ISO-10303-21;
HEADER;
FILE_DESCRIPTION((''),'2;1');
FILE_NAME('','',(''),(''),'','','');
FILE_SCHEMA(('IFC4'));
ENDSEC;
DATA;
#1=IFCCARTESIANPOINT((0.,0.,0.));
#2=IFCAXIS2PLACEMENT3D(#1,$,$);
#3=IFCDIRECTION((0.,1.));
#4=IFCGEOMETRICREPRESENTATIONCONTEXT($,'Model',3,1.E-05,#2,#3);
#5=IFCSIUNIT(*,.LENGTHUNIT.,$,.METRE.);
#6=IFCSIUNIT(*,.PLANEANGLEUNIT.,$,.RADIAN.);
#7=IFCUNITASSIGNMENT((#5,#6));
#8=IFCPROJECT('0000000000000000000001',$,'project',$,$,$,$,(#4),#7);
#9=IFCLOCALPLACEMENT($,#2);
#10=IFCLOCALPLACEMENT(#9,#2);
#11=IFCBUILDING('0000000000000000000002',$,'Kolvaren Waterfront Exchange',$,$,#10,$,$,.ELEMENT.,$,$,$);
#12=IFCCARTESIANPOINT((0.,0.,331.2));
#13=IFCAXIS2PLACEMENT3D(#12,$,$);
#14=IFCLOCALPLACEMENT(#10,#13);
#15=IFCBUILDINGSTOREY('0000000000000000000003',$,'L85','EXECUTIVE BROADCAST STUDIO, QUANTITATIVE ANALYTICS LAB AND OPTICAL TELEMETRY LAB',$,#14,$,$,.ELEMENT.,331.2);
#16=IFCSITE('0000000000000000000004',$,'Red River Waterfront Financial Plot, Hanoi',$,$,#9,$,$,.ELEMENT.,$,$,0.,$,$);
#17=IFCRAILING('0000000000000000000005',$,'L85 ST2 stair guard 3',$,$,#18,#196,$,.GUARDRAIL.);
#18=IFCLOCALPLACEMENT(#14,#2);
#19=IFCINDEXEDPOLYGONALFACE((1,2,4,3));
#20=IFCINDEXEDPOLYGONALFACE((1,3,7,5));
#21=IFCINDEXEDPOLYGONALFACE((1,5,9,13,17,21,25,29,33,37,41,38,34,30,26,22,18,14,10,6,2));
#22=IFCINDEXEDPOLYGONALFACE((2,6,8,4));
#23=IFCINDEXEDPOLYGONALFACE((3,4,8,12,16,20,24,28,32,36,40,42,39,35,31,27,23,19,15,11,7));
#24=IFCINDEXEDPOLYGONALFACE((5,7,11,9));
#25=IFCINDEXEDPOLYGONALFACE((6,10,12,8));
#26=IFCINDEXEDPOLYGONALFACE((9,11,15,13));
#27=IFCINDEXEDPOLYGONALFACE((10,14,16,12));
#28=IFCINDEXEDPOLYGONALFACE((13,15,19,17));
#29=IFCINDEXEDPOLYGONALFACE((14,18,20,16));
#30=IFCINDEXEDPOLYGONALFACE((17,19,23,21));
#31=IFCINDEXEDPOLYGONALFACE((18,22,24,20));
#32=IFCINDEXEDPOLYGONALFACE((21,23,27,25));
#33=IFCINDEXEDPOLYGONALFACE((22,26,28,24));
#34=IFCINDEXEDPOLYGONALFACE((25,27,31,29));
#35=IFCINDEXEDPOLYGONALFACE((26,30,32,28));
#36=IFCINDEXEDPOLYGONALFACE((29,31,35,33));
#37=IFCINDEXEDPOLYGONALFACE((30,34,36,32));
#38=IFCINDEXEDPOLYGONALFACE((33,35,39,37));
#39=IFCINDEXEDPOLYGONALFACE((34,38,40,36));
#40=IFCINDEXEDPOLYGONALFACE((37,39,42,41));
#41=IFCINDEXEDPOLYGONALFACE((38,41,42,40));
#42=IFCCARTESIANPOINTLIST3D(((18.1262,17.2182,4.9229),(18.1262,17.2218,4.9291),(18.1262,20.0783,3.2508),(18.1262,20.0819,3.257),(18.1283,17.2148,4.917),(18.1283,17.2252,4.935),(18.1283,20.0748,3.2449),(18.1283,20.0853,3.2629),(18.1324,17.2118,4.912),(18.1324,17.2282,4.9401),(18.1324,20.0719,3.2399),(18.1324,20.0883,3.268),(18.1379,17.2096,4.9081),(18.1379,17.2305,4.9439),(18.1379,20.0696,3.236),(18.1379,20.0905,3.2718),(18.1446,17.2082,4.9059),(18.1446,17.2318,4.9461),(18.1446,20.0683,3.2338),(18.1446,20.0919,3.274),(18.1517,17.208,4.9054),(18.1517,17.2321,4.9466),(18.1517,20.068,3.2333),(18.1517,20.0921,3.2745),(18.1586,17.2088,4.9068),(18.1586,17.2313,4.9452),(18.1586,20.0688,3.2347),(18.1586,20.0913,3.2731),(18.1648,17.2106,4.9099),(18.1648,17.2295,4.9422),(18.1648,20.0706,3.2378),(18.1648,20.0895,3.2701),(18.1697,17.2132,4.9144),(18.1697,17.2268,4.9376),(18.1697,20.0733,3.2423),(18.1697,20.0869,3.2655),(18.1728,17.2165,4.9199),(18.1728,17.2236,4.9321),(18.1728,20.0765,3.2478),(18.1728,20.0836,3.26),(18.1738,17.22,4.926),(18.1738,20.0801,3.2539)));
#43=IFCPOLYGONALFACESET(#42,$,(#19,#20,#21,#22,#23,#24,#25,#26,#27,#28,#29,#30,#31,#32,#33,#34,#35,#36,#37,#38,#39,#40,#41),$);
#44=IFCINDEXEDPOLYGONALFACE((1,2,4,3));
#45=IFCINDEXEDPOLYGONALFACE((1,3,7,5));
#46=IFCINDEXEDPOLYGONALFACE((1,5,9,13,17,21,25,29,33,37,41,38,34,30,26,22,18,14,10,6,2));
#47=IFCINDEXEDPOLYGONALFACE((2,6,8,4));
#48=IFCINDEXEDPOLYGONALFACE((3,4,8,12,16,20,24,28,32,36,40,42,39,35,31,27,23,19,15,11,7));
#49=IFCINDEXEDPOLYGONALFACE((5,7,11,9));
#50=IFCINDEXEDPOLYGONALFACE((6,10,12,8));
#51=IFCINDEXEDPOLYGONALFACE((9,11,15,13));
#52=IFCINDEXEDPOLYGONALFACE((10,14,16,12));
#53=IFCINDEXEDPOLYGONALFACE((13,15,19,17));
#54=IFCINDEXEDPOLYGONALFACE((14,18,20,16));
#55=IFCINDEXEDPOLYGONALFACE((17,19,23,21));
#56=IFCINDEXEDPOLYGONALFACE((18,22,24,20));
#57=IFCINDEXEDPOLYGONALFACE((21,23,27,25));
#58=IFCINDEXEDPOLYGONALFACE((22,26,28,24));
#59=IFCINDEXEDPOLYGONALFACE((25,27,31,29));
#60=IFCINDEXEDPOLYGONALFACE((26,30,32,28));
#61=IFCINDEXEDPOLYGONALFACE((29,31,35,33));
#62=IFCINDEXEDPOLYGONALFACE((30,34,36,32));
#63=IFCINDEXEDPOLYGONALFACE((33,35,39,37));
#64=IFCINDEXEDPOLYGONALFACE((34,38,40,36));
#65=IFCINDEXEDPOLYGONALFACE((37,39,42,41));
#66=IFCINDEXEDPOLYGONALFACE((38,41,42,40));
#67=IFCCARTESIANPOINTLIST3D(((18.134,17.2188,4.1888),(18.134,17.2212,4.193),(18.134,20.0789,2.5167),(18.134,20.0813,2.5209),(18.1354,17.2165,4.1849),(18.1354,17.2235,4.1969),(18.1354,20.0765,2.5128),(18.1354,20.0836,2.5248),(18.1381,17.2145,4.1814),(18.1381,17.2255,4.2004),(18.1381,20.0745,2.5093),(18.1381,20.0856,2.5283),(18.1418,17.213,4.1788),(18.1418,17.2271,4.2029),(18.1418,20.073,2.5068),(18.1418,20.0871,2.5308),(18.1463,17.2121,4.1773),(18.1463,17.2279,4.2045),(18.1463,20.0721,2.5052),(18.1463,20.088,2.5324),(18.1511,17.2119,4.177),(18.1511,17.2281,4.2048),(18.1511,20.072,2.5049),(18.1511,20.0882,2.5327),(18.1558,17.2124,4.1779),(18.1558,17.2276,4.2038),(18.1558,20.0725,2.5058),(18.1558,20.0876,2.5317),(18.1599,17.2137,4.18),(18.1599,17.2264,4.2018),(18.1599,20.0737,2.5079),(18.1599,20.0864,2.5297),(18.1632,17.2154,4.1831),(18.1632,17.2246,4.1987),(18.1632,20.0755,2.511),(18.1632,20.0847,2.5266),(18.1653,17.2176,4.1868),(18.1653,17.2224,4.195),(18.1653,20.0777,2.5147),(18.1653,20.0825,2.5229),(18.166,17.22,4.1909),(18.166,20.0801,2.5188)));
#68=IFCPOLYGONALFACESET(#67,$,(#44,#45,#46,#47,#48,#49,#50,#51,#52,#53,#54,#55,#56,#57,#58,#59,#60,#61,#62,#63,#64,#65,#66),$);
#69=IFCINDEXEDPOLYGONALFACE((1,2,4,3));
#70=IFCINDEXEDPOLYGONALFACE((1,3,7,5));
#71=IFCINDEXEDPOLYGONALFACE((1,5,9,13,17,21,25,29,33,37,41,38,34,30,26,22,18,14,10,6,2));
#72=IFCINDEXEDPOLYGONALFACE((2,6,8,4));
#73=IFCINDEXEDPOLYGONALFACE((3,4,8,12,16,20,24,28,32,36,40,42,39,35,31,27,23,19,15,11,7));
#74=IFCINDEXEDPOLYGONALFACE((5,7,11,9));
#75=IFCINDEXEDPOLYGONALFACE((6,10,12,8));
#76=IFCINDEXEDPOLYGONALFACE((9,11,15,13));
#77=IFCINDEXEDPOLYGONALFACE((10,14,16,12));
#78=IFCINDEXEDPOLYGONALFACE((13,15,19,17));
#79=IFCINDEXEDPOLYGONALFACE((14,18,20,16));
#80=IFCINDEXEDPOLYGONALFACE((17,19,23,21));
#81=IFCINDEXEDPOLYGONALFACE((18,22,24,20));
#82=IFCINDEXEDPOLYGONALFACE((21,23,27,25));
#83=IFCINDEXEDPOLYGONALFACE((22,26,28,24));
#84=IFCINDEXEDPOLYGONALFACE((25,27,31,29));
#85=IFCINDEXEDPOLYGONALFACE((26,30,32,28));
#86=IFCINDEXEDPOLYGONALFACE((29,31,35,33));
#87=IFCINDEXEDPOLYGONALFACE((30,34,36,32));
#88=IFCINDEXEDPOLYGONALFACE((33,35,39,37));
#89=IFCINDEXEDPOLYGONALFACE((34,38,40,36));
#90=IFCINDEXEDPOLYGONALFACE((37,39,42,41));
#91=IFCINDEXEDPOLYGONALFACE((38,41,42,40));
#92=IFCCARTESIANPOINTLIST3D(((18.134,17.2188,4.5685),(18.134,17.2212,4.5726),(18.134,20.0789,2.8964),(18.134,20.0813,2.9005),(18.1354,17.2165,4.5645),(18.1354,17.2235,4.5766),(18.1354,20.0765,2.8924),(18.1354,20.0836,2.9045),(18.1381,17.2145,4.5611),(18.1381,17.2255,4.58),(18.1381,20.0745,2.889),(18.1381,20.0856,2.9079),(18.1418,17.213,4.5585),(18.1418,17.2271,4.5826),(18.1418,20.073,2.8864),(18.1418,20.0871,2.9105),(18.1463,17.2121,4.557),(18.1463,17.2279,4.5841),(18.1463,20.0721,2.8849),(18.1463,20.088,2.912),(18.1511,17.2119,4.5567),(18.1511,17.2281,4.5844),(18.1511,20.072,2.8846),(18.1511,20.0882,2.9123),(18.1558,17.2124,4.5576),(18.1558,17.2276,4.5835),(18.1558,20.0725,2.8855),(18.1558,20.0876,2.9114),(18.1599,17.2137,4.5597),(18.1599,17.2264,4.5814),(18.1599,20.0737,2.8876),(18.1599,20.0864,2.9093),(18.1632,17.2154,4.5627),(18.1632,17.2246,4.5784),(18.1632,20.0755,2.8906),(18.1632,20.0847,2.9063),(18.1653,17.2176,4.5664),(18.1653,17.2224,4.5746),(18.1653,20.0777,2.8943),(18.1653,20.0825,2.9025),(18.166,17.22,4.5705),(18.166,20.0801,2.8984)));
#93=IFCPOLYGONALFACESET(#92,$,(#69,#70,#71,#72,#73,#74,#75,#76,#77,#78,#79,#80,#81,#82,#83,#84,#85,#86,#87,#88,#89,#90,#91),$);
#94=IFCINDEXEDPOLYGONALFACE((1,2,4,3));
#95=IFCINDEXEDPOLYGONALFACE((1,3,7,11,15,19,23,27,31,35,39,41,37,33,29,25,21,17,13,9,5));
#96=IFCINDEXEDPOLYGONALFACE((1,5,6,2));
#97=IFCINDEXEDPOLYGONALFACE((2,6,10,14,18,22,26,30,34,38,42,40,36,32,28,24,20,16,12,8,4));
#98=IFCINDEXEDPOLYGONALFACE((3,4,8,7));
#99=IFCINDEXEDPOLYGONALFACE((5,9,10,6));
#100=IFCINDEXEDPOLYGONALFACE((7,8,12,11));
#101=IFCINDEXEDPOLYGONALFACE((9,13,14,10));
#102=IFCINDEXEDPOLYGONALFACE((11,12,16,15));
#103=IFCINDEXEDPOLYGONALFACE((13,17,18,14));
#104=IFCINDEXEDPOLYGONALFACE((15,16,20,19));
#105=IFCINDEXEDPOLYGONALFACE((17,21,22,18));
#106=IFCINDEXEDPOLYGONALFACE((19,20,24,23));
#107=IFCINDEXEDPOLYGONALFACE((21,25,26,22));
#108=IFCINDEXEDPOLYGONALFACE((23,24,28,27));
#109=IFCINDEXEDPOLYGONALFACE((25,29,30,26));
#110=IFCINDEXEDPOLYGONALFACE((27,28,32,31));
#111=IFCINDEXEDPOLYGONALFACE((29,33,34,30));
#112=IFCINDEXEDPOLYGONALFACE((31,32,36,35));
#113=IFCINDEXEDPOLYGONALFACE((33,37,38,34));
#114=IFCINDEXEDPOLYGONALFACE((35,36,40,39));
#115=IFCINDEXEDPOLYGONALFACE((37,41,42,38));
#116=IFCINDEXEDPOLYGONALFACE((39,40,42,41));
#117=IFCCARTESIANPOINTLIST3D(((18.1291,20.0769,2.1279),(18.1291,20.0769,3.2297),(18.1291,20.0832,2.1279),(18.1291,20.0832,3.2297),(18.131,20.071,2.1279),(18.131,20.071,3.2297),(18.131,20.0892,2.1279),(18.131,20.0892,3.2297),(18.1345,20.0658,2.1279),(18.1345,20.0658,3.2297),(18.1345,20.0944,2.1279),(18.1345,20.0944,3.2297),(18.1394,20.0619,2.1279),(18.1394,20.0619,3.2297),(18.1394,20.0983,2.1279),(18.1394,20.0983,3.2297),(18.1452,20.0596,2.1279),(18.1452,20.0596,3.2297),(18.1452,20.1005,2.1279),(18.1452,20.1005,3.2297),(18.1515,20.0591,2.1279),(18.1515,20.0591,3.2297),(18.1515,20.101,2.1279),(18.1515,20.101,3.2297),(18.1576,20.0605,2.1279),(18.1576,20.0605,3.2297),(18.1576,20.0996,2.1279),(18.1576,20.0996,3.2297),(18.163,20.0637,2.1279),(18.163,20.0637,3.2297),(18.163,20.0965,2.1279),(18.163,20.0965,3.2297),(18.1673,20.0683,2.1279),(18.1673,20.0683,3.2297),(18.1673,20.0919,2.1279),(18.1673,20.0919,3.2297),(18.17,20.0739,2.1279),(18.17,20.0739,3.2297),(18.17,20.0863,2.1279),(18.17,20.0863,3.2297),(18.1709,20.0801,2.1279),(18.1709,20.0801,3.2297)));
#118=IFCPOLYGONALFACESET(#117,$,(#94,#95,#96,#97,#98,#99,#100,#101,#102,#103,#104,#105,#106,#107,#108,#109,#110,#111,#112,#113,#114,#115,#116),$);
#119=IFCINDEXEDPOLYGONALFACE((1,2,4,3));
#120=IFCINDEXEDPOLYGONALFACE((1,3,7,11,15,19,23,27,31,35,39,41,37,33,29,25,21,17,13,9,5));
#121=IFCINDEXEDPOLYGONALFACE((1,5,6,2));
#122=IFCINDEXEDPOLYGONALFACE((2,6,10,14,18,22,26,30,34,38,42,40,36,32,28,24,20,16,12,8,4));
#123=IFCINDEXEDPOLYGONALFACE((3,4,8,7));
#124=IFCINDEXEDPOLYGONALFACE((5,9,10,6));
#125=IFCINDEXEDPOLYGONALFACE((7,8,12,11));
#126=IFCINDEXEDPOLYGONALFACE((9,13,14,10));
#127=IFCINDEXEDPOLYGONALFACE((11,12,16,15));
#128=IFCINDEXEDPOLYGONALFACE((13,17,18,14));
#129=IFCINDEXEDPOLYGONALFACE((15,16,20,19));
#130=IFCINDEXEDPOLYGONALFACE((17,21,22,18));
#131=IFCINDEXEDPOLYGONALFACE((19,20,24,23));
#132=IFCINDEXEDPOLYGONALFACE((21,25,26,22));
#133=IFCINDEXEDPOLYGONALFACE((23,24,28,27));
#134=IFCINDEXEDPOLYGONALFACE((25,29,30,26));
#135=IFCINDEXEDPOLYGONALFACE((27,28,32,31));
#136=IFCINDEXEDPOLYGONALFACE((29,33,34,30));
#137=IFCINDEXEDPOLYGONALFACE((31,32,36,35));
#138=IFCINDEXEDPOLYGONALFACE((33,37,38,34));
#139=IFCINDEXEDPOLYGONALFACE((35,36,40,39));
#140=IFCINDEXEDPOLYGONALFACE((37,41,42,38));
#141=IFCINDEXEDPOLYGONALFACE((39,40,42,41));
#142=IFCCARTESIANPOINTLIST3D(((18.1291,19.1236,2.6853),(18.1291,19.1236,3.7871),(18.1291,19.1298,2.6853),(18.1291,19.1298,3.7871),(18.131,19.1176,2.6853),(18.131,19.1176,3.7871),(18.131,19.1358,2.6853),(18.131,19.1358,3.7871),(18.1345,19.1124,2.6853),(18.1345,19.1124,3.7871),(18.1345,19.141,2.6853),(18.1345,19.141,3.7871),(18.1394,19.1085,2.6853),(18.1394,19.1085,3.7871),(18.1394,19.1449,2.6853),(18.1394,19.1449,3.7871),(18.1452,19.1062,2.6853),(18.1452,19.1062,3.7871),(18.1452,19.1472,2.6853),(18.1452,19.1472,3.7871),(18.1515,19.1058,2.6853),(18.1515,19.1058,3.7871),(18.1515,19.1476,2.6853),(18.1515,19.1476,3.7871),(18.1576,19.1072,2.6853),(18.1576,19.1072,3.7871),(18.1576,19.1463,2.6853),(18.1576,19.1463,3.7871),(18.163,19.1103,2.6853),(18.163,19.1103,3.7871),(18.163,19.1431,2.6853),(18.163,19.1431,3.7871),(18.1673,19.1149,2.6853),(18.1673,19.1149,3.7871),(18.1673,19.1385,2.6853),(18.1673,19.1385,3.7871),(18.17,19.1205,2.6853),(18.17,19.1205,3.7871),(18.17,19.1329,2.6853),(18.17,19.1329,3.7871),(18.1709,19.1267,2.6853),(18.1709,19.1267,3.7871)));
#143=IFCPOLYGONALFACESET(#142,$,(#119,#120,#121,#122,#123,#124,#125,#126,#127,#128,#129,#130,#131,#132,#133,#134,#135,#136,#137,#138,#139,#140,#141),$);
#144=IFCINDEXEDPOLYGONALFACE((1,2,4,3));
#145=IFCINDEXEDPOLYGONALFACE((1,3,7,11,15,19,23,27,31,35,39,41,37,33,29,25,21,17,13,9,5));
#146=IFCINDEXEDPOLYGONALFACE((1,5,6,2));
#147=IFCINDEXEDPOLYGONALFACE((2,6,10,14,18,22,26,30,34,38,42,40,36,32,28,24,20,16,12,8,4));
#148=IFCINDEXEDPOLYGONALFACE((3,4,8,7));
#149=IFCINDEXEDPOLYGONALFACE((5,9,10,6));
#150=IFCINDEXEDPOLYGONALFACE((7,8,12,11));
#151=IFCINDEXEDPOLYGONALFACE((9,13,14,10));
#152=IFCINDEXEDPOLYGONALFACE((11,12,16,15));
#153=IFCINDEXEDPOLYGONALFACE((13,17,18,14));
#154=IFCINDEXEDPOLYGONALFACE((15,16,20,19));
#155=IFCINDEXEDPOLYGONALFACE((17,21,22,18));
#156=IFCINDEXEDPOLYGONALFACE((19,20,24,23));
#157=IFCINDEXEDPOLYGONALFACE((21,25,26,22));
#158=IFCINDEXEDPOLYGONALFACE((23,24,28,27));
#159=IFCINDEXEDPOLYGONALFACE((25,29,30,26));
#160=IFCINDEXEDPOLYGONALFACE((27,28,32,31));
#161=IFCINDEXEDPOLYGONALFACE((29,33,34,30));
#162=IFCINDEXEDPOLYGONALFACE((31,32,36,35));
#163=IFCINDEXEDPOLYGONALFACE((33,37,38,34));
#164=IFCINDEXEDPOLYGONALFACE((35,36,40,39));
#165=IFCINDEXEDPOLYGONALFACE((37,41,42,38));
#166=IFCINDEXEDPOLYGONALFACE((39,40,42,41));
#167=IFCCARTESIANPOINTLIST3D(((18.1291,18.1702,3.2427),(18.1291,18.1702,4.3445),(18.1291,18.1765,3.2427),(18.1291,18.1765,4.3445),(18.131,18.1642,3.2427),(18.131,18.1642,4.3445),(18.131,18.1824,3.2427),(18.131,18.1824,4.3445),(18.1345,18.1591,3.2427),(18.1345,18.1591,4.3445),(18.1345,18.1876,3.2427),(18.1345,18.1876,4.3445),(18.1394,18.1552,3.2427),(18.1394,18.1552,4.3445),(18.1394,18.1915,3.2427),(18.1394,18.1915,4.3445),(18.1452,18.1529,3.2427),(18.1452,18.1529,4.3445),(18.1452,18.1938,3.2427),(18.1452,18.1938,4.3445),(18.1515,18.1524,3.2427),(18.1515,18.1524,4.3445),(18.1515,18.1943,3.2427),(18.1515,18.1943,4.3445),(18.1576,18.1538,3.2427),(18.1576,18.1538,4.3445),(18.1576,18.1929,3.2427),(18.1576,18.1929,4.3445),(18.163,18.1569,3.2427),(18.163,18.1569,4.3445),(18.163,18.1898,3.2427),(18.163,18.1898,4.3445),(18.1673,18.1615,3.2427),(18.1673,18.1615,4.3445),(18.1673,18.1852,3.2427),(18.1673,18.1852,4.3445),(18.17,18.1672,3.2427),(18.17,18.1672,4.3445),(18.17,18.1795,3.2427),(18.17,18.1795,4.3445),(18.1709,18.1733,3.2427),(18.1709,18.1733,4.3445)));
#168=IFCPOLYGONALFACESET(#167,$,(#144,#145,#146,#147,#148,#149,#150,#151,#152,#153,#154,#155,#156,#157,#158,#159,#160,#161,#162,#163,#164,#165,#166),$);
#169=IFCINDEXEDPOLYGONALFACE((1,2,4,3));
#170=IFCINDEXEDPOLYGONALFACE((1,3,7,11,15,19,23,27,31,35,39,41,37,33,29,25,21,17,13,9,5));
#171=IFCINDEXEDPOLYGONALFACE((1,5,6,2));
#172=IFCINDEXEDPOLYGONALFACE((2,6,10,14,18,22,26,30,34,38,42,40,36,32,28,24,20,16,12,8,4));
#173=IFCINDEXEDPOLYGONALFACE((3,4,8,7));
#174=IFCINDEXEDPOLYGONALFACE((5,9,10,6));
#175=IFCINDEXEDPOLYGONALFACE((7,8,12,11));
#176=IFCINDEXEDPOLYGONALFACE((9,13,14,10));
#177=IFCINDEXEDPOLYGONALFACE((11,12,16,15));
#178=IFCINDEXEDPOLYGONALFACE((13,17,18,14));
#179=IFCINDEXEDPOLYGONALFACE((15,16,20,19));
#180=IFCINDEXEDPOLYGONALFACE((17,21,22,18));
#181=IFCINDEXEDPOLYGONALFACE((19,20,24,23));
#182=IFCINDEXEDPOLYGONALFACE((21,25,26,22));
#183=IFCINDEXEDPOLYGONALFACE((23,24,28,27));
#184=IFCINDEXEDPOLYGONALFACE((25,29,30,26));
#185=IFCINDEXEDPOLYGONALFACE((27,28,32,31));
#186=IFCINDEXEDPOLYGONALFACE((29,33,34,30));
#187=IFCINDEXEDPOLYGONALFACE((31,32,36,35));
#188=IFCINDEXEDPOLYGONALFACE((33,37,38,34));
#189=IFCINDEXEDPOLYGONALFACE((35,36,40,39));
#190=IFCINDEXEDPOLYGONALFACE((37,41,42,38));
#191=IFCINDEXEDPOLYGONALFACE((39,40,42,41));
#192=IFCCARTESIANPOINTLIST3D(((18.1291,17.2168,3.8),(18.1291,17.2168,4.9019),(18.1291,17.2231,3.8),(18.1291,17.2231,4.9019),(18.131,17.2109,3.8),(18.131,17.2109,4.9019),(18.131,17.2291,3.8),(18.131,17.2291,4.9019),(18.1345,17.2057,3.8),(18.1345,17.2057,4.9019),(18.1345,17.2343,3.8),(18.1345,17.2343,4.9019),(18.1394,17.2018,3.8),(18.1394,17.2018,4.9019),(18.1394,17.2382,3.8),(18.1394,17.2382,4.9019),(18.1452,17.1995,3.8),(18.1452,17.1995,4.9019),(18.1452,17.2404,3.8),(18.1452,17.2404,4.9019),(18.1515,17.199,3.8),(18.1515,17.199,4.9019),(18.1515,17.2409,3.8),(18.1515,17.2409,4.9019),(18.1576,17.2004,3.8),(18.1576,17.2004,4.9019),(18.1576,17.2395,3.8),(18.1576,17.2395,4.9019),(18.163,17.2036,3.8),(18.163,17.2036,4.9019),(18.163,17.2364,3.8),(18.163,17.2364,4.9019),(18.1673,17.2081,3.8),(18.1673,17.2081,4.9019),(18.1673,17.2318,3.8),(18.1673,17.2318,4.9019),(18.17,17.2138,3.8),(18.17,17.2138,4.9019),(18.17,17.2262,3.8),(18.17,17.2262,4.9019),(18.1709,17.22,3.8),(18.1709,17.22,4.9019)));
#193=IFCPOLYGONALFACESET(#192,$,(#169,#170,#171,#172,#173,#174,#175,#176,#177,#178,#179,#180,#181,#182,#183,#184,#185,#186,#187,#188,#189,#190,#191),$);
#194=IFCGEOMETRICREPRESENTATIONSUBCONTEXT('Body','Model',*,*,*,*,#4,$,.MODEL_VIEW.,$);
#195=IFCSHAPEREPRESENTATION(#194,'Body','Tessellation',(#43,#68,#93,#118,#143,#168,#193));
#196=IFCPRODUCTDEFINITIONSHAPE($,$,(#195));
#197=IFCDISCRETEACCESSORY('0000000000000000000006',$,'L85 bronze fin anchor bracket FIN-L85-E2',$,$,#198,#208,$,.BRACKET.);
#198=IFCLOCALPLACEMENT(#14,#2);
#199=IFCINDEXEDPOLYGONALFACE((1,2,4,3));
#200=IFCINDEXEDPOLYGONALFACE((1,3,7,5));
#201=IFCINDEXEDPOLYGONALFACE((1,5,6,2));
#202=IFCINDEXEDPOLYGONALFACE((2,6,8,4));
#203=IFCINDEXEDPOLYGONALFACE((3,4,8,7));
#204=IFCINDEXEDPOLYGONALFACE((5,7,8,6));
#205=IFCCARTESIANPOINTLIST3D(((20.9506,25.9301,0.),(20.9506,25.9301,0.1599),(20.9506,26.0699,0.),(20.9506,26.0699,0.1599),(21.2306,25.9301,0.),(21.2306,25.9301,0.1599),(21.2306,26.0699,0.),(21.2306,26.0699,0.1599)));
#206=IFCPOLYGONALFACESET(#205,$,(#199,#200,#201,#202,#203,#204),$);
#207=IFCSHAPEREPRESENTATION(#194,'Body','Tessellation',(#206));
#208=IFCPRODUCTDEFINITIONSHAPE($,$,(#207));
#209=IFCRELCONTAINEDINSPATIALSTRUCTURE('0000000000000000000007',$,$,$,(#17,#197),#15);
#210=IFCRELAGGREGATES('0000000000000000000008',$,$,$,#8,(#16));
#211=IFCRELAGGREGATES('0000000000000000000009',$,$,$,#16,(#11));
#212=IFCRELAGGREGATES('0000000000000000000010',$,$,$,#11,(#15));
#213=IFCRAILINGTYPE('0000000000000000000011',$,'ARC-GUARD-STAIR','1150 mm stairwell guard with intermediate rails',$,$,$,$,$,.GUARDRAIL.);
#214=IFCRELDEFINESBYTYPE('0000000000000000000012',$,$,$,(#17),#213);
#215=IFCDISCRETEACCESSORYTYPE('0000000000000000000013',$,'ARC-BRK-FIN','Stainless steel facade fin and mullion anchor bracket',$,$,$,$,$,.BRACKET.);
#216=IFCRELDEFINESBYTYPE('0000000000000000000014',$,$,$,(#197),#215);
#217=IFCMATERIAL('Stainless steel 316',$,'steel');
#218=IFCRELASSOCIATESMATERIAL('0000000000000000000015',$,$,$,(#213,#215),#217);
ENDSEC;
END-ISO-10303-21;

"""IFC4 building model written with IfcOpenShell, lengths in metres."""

from ifc_helpers import new_model, si_unit, direction, frame, origin, origin_with_axes, origin_2d, place, context, subcontext, project, spatial, rectangle, circle, extrude, source, transform, mapped, material, type_object, element, save


model = new_model("IFC4")

# Units and contexts
model_context = context("Model", 3, precision=1e-05, world=origin(), true_north=direction((0.0, 1.0)))
body_context = subcontext(model_context, "Body", "Model", "MODEL_VIEW")
ifc_project = project(units=[si_unit("LENGTHUNIT", "METRE"), si_unit("PLANEANGLEUNIT", "RADIAN")], contexts=[model_context])

# Site, building, storey
site_placement = place(None, origin())
site = spatial("IfcSite", under=ifc_project, at=site_placement, Name="Red River Waterfront Financial Plot, Hanoi", CompositionType="ELEMENT", RefElevation=0.0)
building_placement = place(site_placement, origin())
building = spatial("IfcBuilding", under=site, at=building_placement, Name="Kolvaren Waterfront Exchange", CompositionType="ELEMENT")
storey_placement = place(building_placement, frame((0.0, 0.0, 331.2)))
storey = spatial("IfcBuildingStorey", under=building, at=storey_placement, Name="L85", Description="EXECUTIVE BROADCAST STUDIO, QUANTITATIVE ANALYTICS LAB AND OPTICAL TELEMETRY LAB", CompositionType="ELEMENT", Elevation=331.2)

# Railing
ifc_material_1 = material(Name="Stainless steel 316", Category="steel")
railing_type = type_object("IfcRailingType", Name="ARC-GUARD-STAIR", Description="1150 mm stairwell guard with intermediate rails", PredefinedType="GUARDRAIL", material=ifc_material_1)
railing_1_placement = place(storey_placement, frame((18.1499, 20.0801, 2.1279)))
element("IfcRailing", 1, at=railing_1_placement, inside=storey, type_object=railing_type, Name="L85 ST2 stair guard 3", PredefinedType="GUARDRAIL", context=body_context, shape_type="SweptSolid", body=[
    extrude(circle(Radius=0.0239, at=origin_2d()), frame((0.0, 0.0, 1.126), z_axis=(0.0, -0.863289, 0.504709), x_axis=(1.0, 0.0, 0.0)), (0.0, 0.0, 1.0), 3.313),
    extrude(circle(Radius=0.0161, at=origin_2d()), frame((0.0, 0.0, 0.3909), z_axis=(0.0, -0.863289, 0.504709), x_axis=(1.0, 0.0, 0.0)), (0.0, 0.0, 1.0), 3.313),
    extrude(circle(Radius=0.0161, at=origin_2d()), frame((0.0, 0.0, 0.7705), z_axis=(0.0, -0.863289, 0.504709), x_axis=(1.0, 0.0, 0.0)), (0.0, 0.0, 1.0), 3.313),
    extrude(circle(Radius=0.021, at=origin_2d()), origin(), (0.0, 0.0, 1.0), 1.1018),
    extrude(circle(Radius=0.021, at=origin_2d()), frame((0.0, -0.9534, 0.5574)), (0.0, 0.0, 1.0), 1.1018),
    extrude(circle(Radius=0.021, at=origin_2d()), frame((0.0, -1.9067, 1.1147)), (0.0, 0.0, 1.0), 1.1018),
    extrude(circle(Radius=0.021, at=origin_2d()), frame((0.0, -2.8601, 1.6721)), (0.0, 0.0, 1.0), 1.1018),
])

# Discrete accessory
discrete_accessory_type = type_object("IfcDiscreteAccessoryType", Name="ARC-BRK-FIN", Description="Stainless steel facade fin and mullion anchor bracket", PredefinedType="BRACKET", material=ifc_material_1)
shared_shape_1 = source(origin_with_axes(), body_context, "Body", "SweptSolid", [
    extrude(rectangle(XDim=0.28, YDim=0.1399, at=origin_2d()), origin(), (0.0, 0.0, 1.0), 0.1599),
])
for number, where, z_axis, x_axis, name in (
    (2, (21.0906, 26.0, 0.0), (0.0, 0.0, 1.0), (1.0, 0.0, 0.0), "L85 bronze fin anchor bracket FIN-L85-E2"),
):
    element("IfcDiscreteAccessory", number, at=place(storey_placement, frame(where, z_axis=z_axis, x_axis=x_axis)), inside=storey, type_object=discrete_accessory_type, Name=name, PredefinedType="BRACKET", context=body_context, shape_type="MappedRepresentation", body=[
        mapped(shared_shape_1, transform((0.0, 0.0, 0.0), x_axis=(1.0, 0.0, 0.0), y_axis=(0.0, 1.0, 0.0), z_axis=(0.0, 0.0, 1.0), scale=1.0)),
    ])

save(model, "model.ifc")
